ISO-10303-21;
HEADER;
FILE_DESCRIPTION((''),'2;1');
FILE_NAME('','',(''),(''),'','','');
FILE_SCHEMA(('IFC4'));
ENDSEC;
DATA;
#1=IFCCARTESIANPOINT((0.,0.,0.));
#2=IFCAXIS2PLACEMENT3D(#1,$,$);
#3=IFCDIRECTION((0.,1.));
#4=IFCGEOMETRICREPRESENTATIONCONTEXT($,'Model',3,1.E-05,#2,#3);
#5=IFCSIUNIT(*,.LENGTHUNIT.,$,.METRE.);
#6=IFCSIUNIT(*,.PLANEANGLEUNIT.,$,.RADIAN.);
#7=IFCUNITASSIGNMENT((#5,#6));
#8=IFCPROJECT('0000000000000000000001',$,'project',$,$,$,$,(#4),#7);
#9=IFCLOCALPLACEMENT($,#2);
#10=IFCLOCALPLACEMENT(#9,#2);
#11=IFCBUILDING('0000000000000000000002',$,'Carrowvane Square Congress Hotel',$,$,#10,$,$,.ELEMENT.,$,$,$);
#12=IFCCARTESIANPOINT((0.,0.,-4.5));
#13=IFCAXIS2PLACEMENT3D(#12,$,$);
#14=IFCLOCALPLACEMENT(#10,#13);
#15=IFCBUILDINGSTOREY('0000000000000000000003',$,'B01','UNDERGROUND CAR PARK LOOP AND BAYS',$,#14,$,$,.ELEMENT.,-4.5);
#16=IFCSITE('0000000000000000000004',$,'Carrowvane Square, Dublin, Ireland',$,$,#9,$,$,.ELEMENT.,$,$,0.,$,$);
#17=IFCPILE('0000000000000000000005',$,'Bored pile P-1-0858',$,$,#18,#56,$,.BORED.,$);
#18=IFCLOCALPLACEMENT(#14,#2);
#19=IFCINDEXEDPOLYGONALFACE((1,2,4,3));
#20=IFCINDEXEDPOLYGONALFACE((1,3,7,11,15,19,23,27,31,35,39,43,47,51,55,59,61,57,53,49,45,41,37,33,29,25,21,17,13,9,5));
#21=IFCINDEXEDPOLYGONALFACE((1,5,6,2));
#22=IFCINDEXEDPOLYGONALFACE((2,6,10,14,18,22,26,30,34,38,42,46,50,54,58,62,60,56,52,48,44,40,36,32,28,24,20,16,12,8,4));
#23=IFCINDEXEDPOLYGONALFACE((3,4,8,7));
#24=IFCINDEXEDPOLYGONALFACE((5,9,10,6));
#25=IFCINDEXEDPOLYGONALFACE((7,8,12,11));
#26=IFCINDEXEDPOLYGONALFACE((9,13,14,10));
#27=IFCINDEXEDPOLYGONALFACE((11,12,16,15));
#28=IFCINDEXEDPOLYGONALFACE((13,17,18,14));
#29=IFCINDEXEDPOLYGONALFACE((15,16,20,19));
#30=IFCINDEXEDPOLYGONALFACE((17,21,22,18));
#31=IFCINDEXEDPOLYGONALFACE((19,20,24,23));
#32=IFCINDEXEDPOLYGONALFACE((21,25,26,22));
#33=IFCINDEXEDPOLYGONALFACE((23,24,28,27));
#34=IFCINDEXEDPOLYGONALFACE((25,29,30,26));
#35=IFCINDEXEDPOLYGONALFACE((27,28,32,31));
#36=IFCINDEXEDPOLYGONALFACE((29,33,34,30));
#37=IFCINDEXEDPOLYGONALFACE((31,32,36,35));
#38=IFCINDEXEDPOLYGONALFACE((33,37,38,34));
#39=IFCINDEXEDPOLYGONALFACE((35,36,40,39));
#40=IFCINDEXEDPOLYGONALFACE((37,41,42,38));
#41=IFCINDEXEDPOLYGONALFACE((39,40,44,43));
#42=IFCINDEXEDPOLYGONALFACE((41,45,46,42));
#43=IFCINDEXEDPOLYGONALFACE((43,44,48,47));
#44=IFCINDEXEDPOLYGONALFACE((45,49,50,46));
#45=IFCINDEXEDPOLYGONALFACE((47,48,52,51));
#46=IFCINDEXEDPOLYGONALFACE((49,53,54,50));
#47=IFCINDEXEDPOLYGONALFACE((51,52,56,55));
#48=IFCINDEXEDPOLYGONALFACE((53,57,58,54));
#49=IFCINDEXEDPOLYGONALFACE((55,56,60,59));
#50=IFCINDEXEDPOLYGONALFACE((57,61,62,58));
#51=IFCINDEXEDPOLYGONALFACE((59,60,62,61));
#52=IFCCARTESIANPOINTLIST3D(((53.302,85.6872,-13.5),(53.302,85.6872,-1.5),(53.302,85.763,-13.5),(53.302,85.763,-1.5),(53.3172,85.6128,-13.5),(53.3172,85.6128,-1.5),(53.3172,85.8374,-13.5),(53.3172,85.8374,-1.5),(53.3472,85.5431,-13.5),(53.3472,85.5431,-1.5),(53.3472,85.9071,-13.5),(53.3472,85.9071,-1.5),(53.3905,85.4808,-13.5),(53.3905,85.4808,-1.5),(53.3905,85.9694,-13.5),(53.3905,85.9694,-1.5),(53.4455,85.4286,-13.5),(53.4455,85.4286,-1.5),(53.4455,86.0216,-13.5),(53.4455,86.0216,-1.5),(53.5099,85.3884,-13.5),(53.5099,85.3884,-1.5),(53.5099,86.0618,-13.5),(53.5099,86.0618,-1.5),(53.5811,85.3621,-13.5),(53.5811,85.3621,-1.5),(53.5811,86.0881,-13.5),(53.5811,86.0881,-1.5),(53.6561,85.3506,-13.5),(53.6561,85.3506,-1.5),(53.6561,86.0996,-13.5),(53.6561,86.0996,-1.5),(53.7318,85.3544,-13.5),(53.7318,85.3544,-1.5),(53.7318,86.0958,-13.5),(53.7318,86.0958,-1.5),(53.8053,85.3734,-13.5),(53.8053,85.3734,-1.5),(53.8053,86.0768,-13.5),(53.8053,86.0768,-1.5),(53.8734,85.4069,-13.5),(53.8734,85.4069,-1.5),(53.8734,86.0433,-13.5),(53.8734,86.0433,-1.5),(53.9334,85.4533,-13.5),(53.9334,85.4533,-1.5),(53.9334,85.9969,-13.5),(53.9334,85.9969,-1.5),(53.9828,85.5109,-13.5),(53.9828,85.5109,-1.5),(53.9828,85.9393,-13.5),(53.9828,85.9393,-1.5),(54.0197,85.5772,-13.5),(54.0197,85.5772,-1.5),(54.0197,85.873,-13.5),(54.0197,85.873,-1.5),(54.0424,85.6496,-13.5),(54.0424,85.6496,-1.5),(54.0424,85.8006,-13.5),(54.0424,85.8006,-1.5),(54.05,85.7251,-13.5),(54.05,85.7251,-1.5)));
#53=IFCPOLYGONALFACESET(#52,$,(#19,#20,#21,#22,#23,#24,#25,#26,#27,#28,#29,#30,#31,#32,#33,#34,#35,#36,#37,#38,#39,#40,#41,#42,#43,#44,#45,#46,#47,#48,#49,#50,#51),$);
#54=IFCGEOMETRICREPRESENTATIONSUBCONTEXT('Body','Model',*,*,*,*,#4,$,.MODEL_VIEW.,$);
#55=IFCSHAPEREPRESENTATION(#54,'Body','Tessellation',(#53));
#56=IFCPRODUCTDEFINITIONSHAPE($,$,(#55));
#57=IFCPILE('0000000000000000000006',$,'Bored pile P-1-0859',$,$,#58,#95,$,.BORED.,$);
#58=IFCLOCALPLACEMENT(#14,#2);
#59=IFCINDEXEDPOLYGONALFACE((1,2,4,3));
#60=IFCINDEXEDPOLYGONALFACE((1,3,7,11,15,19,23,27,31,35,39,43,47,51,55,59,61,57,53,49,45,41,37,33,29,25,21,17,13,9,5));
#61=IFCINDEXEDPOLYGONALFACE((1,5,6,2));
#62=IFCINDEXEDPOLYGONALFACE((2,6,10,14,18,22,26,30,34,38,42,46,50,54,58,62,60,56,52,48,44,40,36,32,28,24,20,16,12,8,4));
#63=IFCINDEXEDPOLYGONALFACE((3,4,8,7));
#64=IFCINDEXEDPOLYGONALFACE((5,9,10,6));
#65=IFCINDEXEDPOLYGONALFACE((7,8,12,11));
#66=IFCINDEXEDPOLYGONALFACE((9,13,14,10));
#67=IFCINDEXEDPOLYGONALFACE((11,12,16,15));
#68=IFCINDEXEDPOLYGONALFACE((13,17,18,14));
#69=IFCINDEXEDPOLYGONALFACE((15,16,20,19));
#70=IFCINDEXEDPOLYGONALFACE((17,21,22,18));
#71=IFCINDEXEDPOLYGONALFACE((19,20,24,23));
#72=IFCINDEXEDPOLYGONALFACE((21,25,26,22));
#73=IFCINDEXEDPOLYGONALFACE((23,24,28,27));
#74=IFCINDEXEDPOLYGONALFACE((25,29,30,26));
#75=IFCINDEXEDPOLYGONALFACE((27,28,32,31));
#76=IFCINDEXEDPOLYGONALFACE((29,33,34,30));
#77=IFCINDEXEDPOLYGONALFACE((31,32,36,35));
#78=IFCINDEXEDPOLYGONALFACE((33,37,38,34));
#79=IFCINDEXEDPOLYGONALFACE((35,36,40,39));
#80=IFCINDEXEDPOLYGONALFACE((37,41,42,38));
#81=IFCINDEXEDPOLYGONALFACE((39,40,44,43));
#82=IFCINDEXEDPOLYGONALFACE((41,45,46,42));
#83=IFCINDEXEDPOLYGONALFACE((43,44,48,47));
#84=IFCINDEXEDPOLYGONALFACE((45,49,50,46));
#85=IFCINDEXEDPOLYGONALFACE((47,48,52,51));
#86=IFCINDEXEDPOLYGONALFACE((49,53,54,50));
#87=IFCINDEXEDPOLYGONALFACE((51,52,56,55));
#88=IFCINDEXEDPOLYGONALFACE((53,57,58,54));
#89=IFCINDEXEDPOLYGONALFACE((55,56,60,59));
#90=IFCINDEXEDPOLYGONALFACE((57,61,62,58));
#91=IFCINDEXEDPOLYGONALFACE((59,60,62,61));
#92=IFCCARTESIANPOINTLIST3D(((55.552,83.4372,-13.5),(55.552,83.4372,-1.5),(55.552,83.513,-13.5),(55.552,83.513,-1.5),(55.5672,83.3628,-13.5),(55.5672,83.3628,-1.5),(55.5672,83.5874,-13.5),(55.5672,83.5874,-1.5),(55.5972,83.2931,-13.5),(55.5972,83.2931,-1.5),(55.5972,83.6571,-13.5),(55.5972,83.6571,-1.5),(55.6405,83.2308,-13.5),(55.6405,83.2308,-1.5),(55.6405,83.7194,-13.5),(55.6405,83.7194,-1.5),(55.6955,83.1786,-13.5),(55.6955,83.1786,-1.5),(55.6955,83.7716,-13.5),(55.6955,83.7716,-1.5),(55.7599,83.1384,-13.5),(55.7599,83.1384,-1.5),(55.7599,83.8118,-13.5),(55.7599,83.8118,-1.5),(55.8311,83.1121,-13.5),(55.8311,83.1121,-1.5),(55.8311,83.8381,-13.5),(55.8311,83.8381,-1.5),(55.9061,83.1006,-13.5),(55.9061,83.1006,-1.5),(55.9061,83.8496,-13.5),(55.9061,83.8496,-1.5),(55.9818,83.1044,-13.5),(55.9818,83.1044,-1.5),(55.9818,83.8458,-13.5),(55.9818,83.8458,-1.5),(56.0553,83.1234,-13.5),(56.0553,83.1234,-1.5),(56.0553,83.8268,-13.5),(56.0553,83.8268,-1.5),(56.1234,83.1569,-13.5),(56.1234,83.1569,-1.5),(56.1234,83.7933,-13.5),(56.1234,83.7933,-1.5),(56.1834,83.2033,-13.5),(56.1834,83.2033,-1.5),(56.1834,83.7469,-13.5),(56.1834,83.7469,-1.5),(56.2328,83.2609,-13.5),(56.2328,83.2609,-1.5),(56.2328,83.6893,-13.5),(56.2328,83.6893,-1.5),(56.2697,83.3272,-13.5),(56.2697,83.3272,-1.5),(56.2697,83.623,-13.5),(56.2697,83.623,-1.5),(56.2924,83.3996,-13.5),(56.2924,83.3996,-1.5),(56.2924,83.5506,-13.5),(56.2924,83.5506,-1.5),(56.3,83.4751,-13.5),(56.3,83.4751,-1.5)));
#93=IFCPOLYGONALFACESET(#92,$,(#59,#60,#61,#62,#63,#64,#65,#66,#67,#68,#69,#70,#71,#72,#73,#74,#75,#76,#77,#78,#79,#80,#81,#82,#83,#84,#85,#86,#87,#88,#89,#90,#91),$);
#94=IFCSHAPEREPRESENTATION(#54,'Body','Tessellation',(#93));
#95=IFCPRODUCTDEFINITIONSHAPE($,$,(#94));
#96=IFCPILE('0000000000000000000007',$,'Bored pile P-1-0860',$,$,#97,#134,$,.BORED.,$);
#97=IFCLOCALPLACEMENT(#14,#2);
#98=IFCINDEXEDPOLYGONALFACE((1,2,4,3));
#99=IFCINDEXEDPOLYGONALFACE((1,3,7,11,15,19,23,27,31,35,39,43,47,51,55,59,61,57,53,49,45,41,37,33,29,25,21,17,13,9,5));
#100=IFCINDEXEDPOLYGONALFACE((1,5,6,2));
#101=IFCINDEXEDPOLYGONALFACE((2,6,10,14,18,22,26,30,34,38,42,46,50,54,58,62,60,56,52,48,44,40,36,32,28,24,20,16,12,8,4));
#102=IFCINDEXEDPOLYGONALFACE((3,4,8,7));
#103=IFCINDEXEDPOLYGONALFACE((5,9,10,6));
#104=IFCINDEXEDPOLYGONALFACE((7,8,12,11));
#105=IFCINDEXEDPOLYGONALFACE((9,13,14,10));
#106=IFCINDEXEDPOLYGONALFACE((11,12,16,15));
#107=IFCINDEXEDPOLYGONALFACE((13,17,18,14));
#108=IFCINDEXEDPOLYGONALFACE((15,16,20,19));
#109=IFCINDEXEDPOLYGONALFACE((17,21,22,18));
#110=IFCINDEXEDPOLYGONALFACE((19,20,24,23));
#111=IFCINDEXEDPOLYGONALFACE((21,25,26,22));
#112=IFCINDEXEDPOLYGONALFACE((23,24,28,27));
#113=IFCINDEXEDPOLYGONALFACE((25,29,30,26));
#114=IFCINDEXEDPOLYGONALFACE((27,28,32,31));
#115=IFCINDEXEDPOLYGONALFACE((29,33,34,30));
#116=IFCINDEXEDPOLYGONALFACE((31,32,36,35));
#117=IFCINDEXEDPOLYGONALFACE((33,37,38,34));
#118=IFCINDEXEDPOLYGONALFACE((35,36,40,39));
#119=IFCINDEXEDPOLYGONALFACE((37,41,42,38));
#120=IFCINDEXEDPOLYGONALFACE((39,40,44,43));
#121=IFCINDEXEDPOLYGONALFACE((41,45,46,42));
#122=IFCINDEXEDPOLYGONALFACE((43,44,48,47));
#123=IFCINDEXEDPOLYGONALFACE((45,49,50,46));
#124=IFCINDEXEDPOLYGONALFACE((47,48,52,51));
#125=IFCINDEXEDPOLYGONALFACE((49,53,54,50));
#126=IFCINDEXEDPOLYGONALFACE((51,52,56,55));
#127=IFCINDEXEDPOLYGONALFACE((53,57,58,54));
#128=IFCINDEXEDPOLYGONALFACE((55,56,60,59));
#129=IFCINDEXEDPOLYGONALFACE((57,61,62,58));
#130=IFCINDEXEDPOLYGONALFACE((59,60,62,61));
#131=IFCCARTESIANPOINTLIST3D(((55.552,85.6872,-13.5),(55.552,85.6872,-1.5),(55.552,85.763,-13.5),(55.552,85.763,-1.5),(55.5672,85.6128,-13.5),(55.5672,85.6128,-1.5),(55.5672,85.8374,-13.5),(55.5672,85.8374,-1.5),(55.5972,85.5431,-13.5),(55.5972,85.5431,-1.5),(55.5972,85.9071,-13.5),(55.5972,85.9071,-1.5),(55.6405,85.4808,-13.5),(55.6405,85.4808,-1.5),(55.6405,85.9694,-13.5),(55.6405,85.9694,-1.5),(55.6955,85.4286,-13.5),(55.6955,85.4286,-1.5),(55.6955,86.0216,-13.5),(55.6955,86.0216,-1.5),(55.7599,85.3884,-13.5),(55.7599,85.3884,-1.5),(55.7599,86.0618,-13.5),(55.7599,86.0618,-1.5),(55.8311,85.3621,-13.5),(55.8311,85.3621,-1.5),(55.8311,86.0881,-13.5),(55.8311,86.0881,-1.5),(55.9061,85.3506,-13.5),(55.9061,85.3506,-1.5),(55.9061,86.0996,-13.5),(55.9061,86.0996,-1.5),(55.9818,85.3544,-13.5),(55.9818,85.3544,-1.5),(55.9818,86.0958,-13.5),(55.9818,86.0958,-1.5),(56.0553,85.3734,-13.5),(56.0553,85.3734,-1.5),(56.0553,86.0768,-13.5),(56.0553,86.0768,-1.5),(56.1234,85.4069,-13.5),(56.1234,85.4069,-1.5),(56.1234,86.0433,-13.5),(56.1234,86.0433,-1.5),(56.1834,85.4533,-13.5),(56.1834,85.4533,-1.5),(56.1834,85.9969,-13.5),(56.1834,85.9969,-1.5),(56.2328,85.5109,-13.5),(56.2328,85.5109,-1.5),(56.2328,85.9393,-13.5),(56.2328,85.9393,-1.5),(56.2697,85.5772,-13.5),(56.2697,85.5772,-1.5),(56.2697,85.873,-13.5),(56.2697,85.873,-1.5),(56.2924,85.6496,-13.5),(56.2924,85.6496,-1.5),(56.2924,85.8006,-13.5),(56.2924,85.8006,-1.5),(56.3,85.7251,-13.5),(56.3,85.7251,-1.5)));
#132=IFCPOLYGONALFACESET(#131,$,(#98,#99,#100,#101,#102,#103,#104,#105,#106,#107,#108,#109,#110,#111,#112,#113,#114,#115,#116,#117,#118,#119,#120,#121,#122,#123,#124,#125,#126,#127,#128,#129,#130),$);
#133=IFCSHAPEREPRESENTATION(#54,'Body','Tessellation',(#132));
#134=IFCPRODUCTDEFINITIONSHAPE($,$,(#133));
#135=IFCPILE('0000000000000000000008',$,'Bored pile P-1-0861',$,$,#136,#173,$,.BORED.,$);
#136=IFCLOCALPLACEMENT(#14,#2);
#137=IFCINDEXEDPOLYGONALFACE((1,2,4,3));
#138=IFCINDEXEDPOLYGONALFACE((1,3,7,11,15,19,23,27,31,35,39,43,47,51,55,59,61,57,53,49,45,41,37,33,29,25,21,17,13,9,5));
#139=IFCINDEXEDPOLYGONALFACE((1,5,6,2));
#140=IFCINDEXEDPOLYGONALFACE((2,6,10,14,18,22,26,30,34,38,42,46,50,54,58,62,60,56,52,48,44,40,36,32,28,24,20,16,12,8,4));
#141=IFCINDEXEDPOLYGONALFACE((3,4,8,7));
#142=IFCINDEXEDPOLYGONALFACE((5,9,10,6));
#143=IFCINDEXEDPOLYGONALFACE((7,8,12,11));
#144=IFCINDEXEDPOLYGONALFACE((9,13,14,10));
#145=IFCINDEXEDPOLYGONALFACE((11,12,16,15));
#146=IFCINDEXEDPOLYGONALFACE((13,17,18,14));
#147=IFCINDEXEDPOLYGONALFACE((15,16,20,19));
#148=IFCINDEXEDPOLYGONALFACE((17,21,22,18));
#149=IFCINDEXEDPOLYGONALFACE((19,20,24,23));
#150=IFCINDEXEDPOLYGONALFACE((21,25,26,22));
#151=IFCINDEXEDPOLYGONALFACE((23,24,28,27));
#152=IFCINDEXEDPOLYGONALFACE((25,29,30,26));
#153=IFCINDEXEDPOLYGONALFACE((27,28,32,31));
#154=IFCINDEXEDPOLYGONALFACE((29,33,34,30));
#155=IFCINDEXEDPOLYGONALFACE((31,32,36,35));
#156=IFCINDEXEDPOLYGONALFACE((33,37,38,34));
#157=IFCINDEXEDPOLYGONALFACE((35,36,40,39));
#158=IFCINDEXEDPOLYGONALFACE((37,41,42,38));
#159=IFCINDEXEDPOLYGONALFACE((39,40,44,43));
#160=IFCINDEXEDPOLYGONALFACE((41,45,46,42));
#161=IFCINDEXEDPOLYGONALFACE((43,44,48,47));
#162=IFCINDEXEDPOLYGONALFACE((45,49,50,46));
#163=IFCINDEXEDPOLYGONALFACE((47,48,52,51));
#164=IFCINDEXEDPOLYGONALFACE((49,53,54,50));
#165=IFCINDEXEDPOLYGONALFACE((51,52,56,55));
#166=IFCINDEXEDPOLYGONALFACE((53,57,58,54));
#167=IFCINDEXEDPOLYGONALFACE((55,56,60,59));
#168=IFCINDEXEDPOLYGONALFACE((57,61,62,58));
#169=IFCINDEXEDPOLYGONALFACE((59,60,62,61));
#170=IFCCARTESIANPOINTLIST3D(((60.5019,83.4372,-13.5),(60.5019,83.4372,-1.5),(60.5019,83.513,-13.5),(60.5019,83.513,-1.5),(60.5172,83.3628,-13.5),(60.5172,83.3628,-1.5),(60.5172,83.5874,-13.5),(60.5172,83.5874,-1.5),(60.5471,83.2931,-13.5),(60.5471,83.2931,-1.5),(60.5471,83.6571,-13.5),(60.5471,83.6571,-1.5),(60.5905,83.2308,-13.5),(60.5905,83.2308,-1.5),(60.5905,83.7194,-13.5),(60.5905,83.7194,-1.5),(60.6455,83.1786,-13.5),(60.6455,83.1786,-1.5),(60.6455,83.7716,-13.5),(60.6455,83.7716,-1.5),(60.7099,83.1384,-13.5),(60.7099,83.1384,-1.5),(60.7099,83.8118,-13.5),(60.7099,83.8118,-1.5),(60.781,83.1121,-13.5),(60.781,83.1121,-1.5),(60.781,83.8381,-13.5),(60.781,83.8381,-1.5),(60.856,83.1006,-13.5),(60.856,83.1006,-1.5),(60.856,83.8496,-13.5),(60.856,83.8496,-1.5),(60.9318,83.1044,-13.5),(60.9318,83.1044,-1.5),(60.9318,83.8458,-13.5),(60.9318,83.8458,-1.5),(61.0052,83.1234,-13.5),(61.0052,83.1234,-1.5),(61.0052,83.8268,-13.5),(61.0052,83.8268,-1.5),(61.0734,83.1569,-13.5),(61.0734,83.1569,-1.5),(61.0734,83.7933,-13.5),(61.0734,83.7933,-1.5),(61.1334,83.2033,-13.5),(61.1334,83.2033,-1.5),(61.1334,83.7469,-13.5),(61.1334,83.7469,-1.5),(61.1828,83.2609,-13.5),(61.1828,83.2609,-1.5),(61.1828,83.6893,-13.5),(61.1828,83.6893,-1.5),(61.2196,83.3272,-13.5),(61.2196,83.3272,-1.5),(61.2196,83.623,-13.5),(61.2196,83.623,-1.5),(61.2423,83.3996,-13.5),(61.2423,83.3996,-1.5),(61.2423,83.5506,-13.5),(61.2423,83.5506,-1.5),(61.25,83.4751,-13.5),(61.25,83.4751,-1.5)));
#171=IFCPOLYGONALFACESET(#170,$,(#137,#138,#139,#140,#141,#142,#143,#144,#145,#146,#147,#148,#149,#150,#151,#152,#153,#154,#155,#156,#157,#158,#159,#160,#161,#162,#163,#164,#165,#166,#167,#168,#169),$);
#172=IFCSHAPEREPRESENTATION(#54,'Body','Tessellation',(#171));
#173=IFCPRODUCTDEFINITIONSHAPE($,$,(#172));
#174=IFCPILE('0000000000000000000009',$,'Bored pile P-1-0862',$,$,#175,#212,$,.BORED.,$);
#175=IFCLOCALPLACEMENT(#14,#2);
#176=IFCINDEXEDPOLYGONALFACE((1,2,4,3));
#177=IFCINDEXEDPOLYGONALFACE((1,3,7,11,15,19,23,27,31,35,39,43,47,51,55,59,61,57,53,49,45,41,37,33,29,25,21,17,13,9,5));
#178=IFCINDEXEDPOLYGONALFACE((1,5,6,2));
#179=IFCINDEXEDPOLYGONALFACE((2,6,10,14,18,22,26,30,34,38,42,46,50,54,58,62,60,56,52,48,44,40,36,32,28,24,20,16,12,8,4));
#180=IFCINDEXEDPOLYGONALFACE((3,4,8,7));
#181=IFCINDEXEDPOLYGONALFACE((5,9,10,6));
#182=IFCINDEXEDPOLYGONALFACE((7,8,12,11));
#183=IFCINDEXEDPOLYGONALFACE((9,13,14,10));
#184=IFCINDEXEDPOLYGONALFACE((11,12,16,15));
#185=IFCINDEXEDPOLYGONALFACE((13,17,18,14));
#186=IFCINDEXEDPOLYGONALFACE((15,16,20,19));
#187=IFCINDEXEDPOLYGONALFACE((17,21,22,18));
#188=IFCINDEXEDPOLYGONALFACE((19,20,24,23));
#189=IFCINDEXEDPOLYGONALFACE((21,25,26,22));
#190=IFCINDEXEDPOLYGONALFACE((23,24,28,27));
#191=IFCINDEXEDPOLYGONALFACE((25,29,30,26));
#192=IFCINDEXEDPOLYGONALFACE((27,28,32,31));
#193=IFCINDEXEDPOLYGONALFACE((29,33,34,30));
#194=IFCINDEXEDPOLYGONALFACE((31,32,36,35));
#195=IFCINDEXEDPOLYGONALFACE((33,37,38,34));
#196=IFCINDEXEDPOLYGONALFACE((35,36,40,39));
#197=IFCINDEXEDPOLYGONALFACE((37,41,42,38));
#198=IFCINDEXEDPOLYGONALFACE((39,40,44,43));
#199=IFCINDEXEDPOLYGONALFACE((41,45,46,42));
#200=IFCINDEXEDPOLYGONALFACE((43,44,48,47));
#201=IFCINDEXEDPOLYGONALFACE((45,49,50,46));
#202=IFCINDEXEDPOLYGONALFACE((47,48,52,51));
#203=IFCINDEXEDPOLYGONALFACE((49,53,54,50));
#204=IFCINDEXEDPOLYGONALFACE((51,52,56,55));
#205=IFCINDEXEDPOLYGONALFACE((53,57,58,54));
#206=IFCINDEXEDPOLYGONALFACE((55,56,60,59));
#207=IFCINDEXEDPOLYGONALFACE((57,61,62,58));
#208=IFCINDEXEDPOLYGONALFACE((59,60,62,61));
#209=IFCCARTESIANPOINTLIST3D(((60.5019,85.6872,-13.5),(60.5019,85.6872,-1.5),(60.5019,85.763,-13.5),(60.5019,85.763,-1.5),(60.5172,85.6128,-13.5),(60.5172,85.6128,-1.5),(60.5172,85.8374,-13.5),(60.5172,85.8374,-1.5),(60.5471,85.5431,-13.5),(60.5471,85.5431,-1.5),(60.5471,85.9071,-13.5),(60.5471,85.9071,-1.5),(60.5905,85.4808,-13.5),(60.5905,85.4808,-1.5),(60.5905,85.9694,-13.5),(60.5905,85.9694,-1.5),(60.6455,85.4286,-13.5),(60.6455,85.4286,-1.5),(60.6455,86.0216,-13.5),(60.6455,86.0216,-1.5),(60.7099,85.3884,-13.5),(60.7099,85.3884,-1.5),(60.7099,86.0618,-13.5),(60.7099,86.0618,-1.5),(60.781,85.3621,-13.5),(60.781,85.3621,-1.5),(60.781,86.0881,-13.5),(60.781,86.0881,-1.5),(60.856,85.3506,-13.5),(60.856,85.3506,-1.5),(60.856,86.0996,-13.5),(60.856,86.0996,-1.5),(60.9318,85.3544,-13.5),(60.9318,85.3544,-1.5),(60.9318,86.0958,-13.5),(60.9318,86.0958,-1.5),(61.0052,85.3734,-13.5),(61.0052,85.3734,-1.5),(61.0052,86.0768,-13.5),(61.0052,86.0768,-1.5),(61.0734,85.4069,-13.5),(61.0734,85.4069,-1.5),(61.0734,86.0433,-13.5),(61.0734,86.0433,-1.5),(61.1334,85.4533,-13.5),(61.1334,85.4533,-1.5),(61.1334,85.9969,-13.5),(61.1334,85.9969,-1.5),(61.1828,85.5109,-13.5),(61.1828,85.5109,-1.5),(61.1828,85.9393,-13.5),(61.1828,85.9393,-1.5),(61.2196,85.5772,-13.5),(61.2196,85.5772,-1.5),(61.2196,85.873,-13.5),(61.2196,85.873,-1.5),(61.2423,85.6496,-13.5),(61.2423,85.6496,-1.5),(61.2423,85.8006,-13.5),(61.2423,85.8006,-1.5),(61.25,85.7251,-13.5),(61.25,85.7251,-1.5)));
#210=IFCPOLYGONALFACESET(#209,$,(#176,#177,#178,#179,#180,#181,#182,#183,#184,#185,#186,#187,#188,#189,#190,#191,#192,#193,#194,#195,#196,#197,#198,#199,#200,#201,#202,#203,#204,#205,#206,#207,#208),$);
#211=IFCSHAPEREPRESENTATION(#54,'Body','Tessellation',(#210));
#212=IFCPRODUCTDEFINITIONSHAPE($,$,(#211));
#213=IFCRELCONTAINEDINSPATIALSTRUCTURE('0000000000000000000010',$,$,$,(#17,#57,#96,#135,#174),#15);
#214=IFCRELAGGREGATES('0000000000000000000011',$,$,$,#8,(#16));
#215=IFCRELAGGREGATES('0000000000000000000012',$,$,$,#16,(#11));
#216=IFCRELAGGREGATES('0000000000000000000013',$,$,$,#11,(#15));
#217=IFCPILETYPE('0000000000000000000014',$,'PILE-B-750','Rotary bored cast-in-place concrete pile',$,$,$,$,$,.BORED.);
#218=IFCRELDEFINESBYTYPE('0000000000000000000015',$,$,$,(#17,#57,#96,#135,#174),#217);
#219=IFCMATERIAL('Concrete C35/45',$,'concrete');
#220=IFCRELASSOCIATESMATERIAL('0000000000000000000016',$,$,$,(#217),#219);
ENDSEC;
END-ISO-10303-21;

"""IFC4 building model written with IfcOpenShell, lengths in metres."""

from ifc_helpers import new_model, si_unit, direction, frame, origin, origin_2d, place, context, subcontext, project, spatial, circle, extrude, material, material_profile, profile_set, type_object, element, save


model = new_model("IFC4")

# Units and contexts
model_context = context("Model", 3, precision=1e-05, world=origin(), true_north=direction((0.0, 1.0)))
body_context = subcontext(model_context, "Body", "Model", "MODEL_VIEW")
ifc_project = project(units=[si_unit("LENGTHUNIT", "METRE"), si_unit("PLANEANGLEUNIT", "RADIAN")], contexts=[model_context])

# Site, building, storey
site_placement = place(None, origin())
site = spatial("IfcSite", under=ifc_project, at=site_placement, Name="Carrowvane Square, Dublin, Ireland", CompositionType="ELEMENT", RefElevation=0.0)
building_placement = place(site_placement, origin())
building = spatial("IfcBuilding", under=site, at=building_placement, Name="Carrowvane Square Congress Hotel", CompositionType="ELEMENT")
storey_placement = place(building_placement, frame((0.0, 0.0, -4.5)))
storey = spatial("IfcBuildingStorey", under=building, at=storey_placement, Name="B01", Description="UNDERGROUND CAR PARK LOOP AND BAYS", CompositionType="ELEMENT", Elevation=-4.5)

# Piles
ifc_material_1 = material(Name="Concrete C35/45", Category="concrete")
ifc_material_profile_1 = material_profile(ifc_material_1, circle(Radius=0.375, at=origin_2d()), Name="PILE D750")
ifc_profile_set_1 = profile_set([ifc_material_profile_1], Name="Concrete C35/45")
pile_type_1 = type_object("IfcPileType", Name="PILE-B-750", Description="Rotary bored cast-in-place concrete pile", PredefinedType="BORED", material=ifc_profile_set_1)
for number, where, z_axis, x_axis, name in (
    (1, (53.675, 85.7251, -1.5), (0.0, 0.0, -1.0), (1.0, 0.0, 0.0), "Bored pile P-1-0858"),
    (2, (55.925, 83.4751, -1.5), (0.0, 0.0, -1.0), (1.0, 0.0, 0.0), "Bored pile P-1-0859"),
    (3, (55.925, 85.7251, -1.5), (0.0, 0.0, -1.0), (1.0, 0.0, 0.0), "Bored pile P-1-0860"),
    (4, (60.875, 83.4751, -1.5), (0.0, 0.0, -1.0), (1.0, 0.0, 0.0), "Bored pile P-1-0861"),
    (5, (60.875, 85.7251, -1.5), (0.0, 0.0, -1.0), (1.0, 0.0, 0.0), "Bored pile P-1-0862"),
):
    element("IfcPile", number, at=place(storey_placement, frame(where, z_axis=z_axis, x_axis=x_axis)), inside=storey, type_object=pile_type_1, Name=name, PredefinedType="BORED", context=body_context, shape_type="SweptSolid", body=[
        extrude(circle(Radius=0.375, at=origin_2d()), origin(), (0.0, 0.0, 1.0), 12.0),
    ])

save(model, "model.ifc")
